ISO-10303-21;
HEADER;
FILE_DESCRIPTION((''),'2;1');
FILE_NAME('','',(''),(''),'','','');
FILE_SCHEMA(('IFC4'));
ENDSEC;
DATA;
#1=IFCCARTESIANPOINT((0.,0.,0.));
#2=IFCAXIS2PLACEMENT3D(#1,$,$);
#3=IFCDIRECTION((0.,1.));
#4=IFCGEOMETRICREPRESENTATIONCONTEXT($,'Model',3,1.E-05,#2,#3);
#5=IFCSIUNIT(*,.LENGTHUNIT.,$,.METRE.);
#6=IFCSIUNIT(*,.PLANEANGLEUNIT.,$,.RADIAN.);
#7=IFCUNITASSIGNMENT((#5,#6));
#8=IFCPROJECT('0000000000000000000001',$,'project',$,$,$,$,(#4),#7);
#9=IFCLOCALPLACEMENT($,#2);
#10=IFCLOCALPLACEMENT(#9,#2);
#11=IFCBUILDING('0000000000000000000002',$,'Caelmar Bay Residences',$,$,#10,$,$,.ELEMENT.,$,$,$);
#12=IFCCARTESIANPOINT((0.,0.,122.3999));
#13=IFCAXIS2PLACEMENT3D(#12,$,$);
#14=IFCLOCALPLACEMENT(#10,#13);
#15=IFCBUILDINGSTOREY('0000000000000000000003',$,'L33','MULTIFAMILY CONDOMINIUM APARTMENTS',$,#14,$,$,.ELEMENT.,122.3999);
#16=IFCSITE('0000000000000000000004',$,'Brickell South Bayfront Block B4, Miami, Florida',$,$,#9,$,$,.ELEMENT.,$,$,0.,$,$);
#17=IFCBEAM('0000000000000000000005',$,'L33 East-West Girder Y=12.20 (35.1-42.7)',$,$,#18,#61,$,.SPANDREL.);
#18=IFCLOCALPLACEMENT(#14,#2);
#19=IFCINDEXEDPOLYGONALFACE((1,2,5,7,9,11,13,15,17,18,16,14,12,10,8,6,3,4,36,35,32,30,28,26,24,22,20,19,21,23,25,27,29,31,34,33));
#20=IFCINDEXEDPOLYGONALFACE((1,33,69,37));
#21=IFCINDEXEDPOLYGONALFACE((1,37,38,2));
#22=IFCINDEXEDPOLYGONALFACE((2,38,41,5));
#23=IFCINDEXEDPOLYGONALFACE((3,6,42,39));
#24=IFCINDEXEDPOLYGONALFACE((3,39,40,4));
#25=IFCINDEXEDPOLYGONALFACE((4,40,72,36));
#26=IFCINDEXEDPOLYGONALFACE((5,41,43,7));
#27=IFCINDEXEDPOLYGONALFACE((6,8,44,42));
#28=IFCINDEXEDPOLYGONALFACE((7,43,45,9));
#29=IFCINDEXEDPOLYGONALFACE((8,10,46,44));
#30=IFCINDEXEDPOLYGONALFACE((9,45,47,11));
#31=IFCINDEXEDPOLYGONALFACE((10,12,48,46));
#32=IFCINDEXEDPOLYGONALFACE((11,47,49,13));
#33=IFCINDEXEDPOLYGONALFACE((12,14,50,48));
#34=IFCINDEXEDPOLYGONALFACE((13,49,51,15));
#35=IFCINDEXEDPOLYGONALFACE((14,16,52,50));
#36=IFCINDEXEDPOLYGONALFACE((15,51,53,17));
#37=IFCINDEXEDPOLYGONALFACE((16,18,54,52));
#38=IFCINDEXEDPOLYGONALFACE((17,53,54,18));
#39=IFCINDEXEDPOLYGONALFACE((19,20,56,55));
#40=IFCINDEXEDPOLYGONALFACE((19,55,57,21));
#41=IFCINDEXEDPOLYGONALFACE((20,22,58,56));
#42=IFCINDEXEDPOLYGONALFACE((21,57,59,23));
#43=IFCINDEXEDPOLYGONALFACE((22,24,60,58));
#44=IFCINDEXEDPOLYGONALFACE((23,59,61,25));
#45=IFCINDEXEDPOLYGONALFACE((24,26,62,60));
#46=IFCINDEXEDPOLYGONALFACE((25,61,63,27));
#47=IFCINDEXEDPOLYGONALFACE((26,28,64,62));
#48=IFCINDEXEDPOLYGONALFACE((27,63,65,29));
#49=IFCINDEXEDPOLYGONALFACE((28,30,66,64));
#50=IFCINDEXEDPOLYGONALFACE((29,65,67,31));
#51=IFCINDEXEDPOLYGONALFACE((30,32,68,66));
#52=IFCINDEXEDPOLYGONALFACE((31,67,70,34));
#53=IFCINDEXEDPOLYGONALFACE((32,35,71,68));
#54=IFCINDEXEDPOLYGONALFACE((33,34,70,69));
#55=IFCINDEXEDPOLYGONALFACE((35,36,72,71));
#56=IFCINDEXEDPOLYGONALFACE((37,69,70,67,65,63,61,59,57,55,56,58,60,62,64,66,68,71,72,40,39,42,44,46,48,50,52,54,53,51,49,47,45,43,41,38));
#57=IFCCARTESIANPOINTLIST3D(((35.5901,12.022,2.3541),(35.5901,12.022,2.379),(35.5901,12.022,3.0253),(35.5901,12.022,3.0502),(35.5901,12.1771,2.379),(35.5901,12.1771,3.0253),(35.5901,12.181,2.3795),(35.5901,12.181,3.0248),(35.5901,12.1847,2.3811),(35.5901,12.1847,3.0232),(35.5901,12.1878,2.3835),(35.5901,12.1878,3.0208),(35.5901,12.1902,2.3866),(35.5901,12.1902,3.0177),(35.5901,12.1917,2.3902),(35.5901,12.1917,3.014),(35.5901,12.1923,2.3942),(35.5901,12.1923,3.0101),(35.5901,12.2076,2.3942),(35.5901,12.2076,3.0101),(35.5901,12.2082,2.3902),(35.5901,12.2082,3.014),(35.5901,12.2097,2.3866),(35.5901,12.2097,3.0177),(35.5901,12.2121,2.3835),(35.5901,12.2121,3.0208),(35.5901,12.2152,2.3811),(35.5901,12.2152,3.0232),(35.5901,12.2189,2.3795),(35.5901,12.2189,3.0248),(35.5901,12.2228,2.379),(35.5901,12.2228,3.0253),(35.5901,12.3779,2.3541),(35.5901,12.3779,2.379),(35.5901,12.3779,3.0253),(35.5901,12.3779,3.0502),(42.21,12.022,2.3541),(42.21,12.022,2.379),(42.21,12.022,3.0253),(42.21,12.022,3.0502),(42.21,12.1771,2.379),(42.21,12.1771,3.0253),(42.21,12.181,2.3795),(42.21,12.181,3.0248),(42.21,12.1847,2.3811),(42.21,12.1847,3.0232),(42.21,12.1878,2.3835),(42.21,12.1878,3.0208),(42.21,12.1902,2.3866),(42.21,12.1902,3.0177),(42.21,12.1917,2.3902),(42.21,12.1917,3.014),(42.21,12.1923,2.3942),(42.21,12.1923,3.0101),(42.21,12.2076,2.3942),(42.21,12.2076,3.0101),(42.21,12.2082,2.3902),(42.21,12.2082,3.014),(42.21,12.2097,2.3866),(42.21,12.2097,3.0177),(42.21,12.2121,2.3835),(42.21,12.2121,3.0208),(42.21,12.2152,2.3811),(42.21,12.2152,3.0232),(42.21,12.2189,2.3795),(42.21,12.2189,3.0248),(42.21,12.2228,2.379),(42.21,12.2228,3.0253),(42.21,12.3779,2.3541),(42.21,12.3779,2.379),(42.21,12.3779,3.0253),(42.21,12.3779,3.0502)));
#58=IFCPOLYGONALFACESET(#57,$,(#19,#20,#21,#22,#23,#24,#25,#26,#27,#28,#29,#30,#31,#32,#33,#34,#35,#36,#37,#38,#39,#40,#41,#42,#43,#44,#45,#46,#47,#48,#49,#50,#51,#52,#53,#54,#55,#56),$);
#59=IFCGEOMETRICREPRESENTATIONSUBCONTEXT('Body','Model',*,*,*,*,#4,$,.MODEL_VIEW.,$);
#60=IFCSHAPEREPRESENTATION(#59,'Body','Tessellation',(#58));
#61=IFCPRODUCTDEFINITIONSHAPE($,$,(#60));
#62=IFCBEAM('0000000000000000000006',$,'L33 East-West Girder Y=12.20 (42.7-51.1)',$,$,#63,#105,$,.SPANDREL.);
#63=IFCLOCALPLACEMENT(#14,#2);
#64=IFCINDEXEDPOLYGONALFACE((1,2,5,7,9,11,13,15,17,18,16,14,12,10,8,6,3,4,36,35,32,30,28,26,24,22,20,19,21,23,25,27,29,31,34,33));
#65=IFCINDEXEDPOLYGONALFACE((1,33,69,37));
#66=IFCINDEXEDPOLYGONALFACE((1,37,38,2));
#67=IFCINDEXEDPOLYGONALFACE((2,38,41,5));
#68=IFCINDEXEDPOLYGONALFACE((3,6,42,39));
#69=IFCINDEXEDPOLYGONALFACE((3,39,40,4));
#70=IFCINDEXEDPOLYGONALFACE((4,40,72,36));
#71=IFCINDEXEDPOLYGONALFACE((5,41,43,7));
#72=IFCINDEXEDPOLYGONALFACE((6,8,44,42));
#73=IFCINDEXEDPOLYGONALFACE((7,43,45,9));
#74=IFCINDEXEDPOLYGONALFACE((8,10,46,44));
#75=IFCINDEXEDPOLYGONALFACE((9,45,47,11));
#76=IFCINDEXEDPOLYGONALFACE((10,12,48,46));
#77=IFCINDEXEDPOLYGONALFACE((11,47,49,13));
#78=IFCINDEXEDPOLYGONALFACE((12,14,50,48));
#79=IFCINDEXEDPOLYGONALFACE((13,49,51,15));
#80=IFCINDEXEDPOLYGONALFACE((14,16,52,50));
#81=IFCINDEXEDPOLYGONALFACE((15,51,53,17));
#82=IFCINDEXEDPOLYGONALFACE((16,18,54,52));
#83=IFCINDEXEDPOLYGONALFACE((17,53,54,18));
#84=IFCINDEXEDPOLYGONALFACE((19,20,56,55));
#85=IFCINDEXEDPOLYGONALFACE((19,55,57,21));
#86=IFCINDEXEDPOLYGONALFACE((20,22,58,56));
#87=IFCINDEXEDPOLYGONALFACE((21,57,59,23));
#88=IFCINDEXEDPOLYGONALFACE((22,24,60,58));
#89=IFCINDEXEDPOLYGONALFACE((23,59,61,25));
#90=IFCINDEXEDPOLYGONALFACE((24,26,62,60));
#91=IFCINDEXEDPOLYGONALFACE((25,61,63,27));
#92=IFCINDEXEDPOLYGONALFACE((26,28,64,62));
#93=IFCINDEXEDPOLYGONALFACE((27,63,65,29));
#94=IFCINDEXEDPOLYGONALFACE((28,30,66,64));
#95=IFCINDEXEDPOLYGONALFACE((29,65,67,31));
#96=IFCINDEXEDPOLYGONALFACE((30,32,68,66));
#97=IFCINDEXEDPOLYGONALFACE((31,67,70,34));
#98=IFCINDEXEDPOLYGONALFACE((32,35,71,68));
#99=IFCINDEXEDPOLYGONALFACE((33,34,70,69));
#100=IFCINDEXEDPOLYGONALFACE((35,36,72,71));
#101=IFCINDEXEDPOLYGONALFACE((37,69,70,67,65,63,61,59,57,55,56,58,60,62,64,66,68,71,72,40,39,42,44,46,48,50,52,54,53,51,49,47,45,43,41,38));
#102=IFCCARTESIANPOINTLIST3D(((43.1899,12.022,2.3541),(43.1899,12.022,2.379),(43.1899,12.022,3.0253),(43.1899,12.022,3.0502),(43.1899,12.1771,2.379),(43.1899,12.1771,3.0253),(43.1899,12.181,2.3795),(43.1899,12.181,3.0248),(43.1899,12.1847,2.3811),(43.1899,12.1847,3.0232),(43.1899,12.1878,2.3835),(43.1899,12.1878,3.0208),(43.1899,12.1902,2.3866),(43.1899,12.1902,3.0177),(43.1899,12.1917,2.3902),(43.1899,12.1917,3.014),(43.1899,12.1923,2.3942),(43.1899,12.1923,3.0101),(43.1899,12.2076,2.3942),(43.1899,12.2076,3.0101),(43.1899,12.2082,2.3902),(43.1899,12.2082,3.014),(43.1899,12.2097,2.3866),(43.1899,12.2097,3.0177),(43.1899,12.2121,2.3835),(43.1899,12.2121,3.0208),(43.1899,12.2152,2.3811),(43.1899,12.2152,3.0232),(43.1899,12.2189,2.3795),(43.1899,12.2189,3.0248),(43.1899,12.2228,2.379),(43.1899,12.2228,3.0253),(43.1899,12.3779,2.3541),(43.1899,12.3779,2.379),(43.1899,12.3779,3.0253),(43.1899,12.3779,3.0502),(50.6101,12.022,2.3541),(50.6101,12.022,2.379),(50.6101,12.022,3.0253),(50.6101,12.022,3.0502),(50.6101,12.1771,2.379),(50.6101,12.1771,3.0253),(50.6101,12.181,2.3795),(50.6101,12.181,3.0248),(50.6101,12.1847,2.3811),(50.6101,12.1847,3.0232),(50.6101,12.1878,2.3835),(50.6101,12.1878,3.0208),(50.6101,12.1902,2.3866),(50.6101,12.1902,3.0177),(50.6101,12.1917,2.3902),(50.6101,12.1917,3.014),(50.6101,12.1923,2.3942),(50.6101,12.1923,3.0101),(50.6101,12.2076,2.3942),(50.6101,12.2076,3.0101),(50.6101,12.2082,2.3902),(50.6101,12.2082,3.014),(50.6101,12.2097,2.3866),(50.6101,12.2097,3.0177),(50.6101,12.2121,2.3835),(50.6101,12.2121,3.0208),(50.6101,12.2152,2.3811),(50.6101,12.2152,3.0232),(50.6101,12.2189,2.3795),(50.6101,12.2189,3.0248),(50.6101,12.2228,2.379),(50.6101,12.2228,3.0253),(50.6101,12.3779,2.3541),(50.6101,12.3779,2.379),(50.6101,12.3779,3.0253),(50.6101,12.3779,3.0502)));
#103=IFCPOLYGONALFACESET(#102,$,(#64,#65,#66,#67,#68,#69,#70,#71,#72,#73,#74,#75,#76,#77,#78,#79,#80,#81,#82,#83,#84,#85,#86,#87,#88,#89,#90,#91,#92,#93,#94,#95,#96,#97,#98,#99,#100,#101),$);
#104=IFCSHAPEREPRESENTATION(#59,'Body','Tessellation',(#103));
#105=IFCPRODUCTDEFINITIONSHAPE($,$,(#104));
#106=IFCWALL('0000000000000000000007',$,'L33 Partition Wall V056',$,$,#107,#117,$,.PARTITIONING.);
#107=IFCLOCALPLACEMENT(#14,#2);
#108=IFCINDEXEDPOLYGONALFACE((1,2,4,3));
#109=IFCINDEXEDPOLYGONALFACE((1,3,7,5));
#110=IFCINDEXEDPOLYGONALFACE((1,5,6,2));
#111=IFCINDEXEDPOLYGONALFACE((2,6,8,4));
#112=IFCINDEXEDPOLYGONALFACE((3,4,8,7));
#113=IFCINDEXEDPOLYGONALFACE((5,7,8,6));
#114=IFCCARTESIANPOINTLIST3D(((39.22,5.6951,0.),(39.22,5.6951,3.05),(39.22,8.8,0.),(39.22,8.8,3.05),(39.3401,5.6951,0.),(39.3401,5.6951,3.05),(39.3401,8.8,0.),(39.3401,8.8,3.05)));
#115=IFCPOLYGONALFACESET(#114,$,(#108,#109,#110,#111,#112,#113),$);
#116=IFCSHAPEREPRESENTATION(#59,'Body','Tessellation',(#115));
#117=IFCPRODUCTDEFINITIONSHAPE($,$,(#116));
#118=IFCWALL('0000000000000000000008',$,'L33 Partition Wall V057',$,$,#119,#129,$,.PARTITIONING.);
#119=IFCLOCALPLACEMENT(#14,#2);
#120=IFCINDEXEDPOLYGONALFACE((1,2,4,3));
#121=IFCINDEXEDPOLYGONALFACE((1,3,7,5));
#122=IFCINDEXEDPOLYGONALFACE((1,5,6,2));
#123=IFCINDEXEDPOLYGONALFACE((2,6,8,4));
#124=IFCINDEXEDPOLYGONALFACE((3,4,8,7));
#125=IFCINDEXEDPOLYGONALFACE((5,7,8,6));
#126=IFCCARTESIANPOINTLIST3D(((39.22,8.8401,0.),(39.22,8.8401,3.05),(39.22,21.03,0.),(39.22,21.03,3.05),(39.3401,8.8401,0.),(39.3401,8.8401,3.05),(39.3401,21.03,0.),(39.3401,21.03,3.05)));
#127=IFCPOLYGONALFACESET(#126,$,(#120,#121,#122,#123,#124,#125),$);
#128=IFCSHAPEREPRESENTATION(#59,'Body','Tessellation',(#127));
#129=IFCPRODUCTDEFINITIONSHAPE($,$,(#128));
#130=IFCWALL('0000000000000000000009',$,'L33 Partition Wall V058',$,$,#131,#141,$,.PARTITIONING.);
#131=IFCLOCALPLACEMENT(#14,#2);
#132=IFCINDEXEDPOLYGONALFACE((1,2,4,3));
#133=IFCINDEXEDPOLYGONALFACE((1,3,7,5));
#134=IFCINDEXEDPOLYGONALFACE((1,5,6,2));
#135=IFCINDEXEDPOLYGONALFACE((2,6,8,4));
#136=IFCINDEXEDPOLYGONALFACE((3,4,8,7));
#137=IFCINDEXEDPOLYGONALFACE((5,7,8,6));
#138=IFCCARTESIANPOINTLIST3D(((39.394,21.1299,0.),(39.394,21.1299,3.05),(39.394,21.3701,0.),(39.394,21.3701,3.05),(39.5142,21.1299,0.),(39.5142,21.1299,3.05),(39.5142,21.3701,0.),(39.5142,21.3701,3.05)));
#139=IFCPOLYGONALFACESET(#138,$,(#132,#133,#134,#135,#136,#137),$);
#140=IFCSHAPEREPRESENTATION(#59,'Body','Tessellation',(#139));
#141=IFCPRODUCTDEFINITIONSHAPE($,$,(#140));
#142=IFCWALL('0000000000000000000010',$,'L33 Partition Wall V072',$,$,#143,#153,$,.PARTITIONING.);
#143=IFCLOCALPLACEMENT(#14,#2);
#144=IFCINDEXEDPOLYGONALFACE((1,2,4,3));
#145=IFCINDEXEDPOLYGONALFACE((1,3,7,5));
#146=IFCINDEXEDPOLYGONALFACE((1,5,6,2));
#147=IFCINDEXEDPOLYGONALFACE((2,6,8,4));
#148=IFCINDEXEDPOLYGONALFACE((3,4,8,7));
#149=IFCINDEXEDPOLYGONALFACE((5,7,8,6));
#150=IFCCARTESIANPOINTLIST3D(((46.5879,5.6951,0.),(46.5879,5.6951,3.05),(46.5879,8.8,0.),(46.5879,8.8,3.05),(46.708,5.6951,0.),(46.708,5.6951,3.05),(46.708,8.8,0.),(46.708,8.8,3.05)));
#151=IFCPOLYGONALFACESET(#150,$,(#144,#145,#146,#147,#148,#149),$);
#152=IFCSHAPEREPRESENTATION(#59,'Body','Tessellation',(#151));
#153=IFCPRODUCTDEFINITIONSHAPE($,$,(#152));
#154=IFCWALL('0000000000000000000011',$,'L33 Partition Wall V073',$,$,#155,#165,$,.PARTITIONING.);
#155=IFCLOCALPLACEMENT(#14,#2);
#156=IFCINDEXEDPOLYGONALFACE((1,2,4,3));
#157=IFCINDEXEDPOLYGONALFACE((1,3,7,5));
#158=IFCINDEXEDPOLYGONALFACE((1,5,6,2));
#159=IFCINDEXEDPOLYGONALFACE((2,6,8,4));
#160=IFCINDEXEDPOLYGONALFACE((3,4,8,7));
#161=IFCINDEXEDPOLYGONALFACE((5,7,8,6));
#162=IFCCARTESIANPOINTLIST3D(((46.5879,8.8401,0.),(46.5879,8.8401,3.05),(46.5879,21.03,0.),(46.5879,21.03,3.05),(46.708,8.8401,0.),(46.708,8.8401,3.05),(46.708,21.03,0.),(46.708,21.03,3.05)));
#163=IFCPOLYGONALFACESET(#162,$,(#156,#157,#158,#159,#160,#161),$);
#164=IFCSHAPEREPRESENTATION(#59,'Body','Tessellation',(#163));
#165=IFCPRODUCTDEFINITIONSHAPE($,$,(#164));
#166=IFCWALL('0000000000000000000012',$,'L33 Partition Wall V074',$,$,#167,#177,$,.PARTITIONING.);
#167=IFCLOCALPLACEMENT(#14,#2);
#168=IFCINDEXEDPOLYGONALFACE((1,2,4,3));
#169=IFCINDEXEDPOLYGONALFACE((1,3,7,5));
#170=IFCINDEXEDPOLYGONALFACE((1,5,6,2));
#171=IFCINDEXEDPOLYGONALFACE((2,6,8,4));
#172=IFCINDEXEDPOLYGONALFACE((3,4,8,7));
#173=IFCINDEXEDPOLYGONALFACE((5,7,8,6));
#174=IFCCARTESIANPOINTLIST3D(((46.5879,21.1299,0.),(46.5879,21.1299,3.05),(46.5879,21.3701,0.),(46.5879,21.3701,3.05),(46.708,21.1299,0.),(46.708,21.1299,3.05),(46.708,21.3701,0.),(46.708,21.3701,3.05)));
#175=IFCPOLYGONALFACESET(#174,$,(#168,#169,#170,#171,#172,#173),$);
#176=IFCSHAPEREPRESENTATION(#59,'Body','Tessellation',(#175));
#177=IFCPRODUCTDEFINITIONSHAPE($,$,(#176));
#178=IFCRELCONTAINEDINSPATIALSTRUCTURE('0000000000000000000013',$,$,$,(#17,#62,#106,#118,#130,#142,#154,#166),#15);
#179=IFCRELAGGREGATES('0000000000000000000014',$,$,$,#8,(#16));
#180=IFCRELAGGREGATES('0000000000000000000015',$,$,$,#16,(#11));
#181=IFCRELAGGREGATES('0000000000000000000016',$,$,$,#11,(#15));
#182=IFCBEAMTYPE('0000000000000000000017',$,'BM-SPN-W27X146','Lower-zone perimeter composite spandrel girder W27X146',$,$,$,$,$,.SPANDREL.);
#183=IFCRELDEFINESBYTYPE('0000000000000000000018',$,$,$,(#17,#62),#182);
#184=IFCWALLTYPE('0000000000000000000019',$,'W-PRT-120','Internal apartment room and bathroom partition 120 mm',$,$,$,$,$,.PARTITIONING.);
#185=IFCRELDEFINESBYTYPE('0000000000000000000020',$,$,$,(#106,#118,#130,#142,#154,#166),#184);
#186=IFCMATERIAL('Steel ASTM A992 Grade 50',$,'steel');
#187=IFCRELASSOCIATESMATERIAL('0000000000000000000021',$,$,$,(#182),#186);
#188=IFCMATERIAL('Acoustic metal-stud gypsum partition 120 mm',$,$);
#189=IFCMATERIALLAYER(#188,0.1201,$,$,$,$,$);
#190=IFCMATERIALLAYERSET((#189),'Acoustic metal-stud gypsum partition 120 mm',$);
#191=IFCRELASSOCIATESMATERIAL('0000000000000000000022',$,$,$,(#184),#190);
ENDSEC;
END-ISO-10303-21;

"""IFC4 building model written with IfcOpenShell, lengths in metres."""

from ifc_helpers import new_model, si_unit, direction, frame, frame_2d, origin, origin_2d, place, context, subcontext, project, spatial, rectangle, i_section, extrude, material, layer, layer_set, material_profile, profile_set, type_object, element, save


model = new_model("IFC4")

# Units and contexts
model_context = context("Model", 3, precision=1e-05, world=origin(), true_north=direction((0.0, 1.0)))
body_context = subcontext(model_context, "Body", "Model", "MODEL_VIEW")
ifc_project = project(units=[si_unit("LENGTHUNIT", "METRE"), si_unit("PLANEANGLEUNIT", "RADIAN")], contexts=[model_context])

# Site, building, storey
site_placement = place(None, origin())
site = spatial("IfcSite", under=ifc_project, at=site_placement, Name="Brickell South Bayfront Block B4, Miami, Florida", CompositionType="ELEMENT", RefElevation=0.0)
building_placement = place(site_placement, origin())
building = spatial("IfcBuilding", under=site, at=building_placement, Name="Caelmar Bay Residences", CompositionType="ELEMENT")
storey_placement = place(building_placement, frame((0.0, 0.0, 122.3999)))
storey = spatial("IfcBuildingStorey", under=building, at=storey_placement, Name="L33", Description="MULTIFAMILY CONDOMINIUM APARTMENTS", CompositionType="ELEMENT", Elevation=122.3999)

# Beams
ifc_material_1 = material(Name="Steel ASTM A992 Grade 50", Category="steel")
ifc_material_profile_1 = material_profile(ifc_material_1, i_section(OverallWidth=0.356, OverallDepth=0.696, WebThickness=0.0154, FlangeThickness=0.0249, FilletRadius=0.0151, at=origin_2d()), Name="W27X146")
ifc_profile_set_1 = profile_set([ifc_material_profile_1], Name="Steel ASTM A992 Grade 50")
beam_type_1 = type_object("IfcBeamType", Name="BM-SPN-W27X146", Description="Lower-zone perimeter composite spandrel girder W27X146", PredefinedType="SPANDREL", material=ifc_profile_set_1)
beam_1_placement = place(storey_placement, frame((35.5901, 12.2, 2.7021), z_axis=(1.0, 0.0, 0.0), x_axis=(0.0, 1.0, 0.0)))
element("IfcBeam", 1, at=beam_1_placement, inside=storey, type_object=beam_type_1, Name="L33 East-West Girder Y=12.20 (35.1-42.7)", PredefinedType="SPANDREL", context=body_context, shape_type="SweptSolid", body=[
    extrude(i_section(OverallWidth=0.356, OverallDepth=0.696, WebThickness=0.0154, FlangeThickness=0.0249, FilletRadius=0.0151, at=origin_2d()), origin(), (0.0, 0.0, 1.0), 6.6199),
])
beam_2_placement = place(storey_placement, frame((43.1899, 12.2, 2.7021), z_axis=(1.0, 0.0, 0.0), x_axis=(0.0, 1.0, 0.0)))
element("IfcBeam", 2, at=beam_2_placement, inside=storey, type_object=beam_type_1, Name="L33 East-West Girder Y=12.20 (42.7-51.1)", PredefinedType="SPANDREL", context=body_context, shape_type="SweptSolid", body=[
    extrude(i_section(OverallWidth=0.356, OverallDepth=0.696, WebThickness=0.0154, FlangeThickness=0.0249, FilletRadius=0.0151, at=origin_2d()), origin(), (0.0, 0.0, 1.0), 7.4202),
])

# Walls
ifc_material_2 = material(Name="Acoustic metal-stud gypsum partition 120 mm")
ifc_layer_1 = layer(ifc_material_2, 0.1201)
ifc_layer_set_1 = layer_set([ifc_layer_1], Name="Acoustic metal-stud gypsum partition 120 mm")
wall_type_1 = type_object("IfcWallType", Name="W-PRT-120", Description="Internal apartment room and bathroom partition 120 mm", PredefinedType="PARTITIONING", material=ifc_layer_set_1)
wall_1_placement = place(storey_placement, frame((39.28, 5.6951, 0.0), z_axis=(0.0, 0.0, 1.0), x_axis=(0.0, 1.0, 0.0)))
element("IfcWall", 3, at=wall_1_placement, inside=storey, type_object=wall_type_1, Name="L33 Partition Wall V056", PredefinedType="PARTITIONING", context=body_context, shape_type="SweptSolid", body=[
    extrude(rectangle(XDim=3.105, YDim=0.1201, at=frame_2d((1.5525, 0.0))), origin(), (0.0, 0.0, 1.0), 3.05),
])
wall_2_placement = place(storey_placement, frame((39.28, 8.8401, 0.0), z_axis=(0.0, 0.0, 1.0), x_axis=(0.0, 1.0, 0.0)))
element("IfcWall", 4, at=wall_2_placement, inside=storey, type_object=wall_type_1, Name="L33 Partition Wall V057", PredefinedType="PARTITIONING", context=body_context, shape_type="SweptSolid", body=[
    extrude(rectangle(XDim=12.1899, YDim=0.1201, at=frame_2d((6.095, 0.0))), origin(), (0.0, 0.0, 1.0), 3.05),
])
wall_3_placement = place(storey_placement, frame((39.4541, 21.1299, 0.0), z_axis=(0.0, 0.0, 1.0), x_axis=(0.0, 1.0, 0.0)))
element("IfcWall", 5, at=wall_3_placement, inside=storey, type_object=wall_type_1, Name="L33 Partition Wall V058", PredefinedType="PARTITIONING", context=body_context, shape_type="SweptSolid", body=[
    extrude(rectangle(XDim=0.2402, YDim=0.1201, at=frame_2d((0.1201, 0.0))), origin(), (0.0, 0.0, 1.0), 3.05),
])
wall_4_placement = place(storey_placement, frame((46.6479, 5.6951, 0.0), z_axis=(0.0, 0.0, 1.0), x_axis=(0.0, 1.0, 0.0)))
element("IfcWall", 6, at=wall_4_placement, inside=storey, type_object=wall_type_1, Name="L33 Partition Wall V072", PredefinedType="PARTITIONING", context=body_context, shape_type="SweptSolid", body=[
    extrude(rectangle(XDim=3.105, YDim=0.1201, at=frame_2d((1.5525, 0.0))), origin(), (0.0, 0.0, 1.0), 3.05),
])
wall_5_placement = place(storey_placement, frame((46.6479, 8.8401, 0.0), z_axis=(0.0, 0.0, 1.0), x_axis=(0.0, 1.0, 0.0)))
element("IfcWall", 7, at=wall_5_placement, inside=storey, type_object=wall_type_1, Name="L33 Partition Wall V073", PredefinedType="PARTITIONING", context=body_context, shape_type="SweptSolid", body=[
    extrude(rectangle(XDim=12.1899, YDim=0.1201, at=frame_2d((6.095, 0.0))), origin(), (0.0, 0.0, 1.0), 3.05),
])
wall_6_placement = place(storey_placement, frame((46.6479, 21.1299, 0.0), z_axis=(0.0, 0.0, 1.0), x_axis=(0.0, 1.0, 0.0)))
element("IfcWall", 8, at=wall_6_placement, inside=storey, type_object=wall_type_1, Name="L33 Partition Wall V074", PredefinedType="PARTITIONING", context=body_context, shape_type="SweptSolid", body=[
    extrude(rectangle(XDim=0.2402, YDim=0.1201, at=frame_2d((0.1201, 0.0))), origin(), (0.0, 0.0, 1.0), 3.05),
])

save(model, "model.ifc")
